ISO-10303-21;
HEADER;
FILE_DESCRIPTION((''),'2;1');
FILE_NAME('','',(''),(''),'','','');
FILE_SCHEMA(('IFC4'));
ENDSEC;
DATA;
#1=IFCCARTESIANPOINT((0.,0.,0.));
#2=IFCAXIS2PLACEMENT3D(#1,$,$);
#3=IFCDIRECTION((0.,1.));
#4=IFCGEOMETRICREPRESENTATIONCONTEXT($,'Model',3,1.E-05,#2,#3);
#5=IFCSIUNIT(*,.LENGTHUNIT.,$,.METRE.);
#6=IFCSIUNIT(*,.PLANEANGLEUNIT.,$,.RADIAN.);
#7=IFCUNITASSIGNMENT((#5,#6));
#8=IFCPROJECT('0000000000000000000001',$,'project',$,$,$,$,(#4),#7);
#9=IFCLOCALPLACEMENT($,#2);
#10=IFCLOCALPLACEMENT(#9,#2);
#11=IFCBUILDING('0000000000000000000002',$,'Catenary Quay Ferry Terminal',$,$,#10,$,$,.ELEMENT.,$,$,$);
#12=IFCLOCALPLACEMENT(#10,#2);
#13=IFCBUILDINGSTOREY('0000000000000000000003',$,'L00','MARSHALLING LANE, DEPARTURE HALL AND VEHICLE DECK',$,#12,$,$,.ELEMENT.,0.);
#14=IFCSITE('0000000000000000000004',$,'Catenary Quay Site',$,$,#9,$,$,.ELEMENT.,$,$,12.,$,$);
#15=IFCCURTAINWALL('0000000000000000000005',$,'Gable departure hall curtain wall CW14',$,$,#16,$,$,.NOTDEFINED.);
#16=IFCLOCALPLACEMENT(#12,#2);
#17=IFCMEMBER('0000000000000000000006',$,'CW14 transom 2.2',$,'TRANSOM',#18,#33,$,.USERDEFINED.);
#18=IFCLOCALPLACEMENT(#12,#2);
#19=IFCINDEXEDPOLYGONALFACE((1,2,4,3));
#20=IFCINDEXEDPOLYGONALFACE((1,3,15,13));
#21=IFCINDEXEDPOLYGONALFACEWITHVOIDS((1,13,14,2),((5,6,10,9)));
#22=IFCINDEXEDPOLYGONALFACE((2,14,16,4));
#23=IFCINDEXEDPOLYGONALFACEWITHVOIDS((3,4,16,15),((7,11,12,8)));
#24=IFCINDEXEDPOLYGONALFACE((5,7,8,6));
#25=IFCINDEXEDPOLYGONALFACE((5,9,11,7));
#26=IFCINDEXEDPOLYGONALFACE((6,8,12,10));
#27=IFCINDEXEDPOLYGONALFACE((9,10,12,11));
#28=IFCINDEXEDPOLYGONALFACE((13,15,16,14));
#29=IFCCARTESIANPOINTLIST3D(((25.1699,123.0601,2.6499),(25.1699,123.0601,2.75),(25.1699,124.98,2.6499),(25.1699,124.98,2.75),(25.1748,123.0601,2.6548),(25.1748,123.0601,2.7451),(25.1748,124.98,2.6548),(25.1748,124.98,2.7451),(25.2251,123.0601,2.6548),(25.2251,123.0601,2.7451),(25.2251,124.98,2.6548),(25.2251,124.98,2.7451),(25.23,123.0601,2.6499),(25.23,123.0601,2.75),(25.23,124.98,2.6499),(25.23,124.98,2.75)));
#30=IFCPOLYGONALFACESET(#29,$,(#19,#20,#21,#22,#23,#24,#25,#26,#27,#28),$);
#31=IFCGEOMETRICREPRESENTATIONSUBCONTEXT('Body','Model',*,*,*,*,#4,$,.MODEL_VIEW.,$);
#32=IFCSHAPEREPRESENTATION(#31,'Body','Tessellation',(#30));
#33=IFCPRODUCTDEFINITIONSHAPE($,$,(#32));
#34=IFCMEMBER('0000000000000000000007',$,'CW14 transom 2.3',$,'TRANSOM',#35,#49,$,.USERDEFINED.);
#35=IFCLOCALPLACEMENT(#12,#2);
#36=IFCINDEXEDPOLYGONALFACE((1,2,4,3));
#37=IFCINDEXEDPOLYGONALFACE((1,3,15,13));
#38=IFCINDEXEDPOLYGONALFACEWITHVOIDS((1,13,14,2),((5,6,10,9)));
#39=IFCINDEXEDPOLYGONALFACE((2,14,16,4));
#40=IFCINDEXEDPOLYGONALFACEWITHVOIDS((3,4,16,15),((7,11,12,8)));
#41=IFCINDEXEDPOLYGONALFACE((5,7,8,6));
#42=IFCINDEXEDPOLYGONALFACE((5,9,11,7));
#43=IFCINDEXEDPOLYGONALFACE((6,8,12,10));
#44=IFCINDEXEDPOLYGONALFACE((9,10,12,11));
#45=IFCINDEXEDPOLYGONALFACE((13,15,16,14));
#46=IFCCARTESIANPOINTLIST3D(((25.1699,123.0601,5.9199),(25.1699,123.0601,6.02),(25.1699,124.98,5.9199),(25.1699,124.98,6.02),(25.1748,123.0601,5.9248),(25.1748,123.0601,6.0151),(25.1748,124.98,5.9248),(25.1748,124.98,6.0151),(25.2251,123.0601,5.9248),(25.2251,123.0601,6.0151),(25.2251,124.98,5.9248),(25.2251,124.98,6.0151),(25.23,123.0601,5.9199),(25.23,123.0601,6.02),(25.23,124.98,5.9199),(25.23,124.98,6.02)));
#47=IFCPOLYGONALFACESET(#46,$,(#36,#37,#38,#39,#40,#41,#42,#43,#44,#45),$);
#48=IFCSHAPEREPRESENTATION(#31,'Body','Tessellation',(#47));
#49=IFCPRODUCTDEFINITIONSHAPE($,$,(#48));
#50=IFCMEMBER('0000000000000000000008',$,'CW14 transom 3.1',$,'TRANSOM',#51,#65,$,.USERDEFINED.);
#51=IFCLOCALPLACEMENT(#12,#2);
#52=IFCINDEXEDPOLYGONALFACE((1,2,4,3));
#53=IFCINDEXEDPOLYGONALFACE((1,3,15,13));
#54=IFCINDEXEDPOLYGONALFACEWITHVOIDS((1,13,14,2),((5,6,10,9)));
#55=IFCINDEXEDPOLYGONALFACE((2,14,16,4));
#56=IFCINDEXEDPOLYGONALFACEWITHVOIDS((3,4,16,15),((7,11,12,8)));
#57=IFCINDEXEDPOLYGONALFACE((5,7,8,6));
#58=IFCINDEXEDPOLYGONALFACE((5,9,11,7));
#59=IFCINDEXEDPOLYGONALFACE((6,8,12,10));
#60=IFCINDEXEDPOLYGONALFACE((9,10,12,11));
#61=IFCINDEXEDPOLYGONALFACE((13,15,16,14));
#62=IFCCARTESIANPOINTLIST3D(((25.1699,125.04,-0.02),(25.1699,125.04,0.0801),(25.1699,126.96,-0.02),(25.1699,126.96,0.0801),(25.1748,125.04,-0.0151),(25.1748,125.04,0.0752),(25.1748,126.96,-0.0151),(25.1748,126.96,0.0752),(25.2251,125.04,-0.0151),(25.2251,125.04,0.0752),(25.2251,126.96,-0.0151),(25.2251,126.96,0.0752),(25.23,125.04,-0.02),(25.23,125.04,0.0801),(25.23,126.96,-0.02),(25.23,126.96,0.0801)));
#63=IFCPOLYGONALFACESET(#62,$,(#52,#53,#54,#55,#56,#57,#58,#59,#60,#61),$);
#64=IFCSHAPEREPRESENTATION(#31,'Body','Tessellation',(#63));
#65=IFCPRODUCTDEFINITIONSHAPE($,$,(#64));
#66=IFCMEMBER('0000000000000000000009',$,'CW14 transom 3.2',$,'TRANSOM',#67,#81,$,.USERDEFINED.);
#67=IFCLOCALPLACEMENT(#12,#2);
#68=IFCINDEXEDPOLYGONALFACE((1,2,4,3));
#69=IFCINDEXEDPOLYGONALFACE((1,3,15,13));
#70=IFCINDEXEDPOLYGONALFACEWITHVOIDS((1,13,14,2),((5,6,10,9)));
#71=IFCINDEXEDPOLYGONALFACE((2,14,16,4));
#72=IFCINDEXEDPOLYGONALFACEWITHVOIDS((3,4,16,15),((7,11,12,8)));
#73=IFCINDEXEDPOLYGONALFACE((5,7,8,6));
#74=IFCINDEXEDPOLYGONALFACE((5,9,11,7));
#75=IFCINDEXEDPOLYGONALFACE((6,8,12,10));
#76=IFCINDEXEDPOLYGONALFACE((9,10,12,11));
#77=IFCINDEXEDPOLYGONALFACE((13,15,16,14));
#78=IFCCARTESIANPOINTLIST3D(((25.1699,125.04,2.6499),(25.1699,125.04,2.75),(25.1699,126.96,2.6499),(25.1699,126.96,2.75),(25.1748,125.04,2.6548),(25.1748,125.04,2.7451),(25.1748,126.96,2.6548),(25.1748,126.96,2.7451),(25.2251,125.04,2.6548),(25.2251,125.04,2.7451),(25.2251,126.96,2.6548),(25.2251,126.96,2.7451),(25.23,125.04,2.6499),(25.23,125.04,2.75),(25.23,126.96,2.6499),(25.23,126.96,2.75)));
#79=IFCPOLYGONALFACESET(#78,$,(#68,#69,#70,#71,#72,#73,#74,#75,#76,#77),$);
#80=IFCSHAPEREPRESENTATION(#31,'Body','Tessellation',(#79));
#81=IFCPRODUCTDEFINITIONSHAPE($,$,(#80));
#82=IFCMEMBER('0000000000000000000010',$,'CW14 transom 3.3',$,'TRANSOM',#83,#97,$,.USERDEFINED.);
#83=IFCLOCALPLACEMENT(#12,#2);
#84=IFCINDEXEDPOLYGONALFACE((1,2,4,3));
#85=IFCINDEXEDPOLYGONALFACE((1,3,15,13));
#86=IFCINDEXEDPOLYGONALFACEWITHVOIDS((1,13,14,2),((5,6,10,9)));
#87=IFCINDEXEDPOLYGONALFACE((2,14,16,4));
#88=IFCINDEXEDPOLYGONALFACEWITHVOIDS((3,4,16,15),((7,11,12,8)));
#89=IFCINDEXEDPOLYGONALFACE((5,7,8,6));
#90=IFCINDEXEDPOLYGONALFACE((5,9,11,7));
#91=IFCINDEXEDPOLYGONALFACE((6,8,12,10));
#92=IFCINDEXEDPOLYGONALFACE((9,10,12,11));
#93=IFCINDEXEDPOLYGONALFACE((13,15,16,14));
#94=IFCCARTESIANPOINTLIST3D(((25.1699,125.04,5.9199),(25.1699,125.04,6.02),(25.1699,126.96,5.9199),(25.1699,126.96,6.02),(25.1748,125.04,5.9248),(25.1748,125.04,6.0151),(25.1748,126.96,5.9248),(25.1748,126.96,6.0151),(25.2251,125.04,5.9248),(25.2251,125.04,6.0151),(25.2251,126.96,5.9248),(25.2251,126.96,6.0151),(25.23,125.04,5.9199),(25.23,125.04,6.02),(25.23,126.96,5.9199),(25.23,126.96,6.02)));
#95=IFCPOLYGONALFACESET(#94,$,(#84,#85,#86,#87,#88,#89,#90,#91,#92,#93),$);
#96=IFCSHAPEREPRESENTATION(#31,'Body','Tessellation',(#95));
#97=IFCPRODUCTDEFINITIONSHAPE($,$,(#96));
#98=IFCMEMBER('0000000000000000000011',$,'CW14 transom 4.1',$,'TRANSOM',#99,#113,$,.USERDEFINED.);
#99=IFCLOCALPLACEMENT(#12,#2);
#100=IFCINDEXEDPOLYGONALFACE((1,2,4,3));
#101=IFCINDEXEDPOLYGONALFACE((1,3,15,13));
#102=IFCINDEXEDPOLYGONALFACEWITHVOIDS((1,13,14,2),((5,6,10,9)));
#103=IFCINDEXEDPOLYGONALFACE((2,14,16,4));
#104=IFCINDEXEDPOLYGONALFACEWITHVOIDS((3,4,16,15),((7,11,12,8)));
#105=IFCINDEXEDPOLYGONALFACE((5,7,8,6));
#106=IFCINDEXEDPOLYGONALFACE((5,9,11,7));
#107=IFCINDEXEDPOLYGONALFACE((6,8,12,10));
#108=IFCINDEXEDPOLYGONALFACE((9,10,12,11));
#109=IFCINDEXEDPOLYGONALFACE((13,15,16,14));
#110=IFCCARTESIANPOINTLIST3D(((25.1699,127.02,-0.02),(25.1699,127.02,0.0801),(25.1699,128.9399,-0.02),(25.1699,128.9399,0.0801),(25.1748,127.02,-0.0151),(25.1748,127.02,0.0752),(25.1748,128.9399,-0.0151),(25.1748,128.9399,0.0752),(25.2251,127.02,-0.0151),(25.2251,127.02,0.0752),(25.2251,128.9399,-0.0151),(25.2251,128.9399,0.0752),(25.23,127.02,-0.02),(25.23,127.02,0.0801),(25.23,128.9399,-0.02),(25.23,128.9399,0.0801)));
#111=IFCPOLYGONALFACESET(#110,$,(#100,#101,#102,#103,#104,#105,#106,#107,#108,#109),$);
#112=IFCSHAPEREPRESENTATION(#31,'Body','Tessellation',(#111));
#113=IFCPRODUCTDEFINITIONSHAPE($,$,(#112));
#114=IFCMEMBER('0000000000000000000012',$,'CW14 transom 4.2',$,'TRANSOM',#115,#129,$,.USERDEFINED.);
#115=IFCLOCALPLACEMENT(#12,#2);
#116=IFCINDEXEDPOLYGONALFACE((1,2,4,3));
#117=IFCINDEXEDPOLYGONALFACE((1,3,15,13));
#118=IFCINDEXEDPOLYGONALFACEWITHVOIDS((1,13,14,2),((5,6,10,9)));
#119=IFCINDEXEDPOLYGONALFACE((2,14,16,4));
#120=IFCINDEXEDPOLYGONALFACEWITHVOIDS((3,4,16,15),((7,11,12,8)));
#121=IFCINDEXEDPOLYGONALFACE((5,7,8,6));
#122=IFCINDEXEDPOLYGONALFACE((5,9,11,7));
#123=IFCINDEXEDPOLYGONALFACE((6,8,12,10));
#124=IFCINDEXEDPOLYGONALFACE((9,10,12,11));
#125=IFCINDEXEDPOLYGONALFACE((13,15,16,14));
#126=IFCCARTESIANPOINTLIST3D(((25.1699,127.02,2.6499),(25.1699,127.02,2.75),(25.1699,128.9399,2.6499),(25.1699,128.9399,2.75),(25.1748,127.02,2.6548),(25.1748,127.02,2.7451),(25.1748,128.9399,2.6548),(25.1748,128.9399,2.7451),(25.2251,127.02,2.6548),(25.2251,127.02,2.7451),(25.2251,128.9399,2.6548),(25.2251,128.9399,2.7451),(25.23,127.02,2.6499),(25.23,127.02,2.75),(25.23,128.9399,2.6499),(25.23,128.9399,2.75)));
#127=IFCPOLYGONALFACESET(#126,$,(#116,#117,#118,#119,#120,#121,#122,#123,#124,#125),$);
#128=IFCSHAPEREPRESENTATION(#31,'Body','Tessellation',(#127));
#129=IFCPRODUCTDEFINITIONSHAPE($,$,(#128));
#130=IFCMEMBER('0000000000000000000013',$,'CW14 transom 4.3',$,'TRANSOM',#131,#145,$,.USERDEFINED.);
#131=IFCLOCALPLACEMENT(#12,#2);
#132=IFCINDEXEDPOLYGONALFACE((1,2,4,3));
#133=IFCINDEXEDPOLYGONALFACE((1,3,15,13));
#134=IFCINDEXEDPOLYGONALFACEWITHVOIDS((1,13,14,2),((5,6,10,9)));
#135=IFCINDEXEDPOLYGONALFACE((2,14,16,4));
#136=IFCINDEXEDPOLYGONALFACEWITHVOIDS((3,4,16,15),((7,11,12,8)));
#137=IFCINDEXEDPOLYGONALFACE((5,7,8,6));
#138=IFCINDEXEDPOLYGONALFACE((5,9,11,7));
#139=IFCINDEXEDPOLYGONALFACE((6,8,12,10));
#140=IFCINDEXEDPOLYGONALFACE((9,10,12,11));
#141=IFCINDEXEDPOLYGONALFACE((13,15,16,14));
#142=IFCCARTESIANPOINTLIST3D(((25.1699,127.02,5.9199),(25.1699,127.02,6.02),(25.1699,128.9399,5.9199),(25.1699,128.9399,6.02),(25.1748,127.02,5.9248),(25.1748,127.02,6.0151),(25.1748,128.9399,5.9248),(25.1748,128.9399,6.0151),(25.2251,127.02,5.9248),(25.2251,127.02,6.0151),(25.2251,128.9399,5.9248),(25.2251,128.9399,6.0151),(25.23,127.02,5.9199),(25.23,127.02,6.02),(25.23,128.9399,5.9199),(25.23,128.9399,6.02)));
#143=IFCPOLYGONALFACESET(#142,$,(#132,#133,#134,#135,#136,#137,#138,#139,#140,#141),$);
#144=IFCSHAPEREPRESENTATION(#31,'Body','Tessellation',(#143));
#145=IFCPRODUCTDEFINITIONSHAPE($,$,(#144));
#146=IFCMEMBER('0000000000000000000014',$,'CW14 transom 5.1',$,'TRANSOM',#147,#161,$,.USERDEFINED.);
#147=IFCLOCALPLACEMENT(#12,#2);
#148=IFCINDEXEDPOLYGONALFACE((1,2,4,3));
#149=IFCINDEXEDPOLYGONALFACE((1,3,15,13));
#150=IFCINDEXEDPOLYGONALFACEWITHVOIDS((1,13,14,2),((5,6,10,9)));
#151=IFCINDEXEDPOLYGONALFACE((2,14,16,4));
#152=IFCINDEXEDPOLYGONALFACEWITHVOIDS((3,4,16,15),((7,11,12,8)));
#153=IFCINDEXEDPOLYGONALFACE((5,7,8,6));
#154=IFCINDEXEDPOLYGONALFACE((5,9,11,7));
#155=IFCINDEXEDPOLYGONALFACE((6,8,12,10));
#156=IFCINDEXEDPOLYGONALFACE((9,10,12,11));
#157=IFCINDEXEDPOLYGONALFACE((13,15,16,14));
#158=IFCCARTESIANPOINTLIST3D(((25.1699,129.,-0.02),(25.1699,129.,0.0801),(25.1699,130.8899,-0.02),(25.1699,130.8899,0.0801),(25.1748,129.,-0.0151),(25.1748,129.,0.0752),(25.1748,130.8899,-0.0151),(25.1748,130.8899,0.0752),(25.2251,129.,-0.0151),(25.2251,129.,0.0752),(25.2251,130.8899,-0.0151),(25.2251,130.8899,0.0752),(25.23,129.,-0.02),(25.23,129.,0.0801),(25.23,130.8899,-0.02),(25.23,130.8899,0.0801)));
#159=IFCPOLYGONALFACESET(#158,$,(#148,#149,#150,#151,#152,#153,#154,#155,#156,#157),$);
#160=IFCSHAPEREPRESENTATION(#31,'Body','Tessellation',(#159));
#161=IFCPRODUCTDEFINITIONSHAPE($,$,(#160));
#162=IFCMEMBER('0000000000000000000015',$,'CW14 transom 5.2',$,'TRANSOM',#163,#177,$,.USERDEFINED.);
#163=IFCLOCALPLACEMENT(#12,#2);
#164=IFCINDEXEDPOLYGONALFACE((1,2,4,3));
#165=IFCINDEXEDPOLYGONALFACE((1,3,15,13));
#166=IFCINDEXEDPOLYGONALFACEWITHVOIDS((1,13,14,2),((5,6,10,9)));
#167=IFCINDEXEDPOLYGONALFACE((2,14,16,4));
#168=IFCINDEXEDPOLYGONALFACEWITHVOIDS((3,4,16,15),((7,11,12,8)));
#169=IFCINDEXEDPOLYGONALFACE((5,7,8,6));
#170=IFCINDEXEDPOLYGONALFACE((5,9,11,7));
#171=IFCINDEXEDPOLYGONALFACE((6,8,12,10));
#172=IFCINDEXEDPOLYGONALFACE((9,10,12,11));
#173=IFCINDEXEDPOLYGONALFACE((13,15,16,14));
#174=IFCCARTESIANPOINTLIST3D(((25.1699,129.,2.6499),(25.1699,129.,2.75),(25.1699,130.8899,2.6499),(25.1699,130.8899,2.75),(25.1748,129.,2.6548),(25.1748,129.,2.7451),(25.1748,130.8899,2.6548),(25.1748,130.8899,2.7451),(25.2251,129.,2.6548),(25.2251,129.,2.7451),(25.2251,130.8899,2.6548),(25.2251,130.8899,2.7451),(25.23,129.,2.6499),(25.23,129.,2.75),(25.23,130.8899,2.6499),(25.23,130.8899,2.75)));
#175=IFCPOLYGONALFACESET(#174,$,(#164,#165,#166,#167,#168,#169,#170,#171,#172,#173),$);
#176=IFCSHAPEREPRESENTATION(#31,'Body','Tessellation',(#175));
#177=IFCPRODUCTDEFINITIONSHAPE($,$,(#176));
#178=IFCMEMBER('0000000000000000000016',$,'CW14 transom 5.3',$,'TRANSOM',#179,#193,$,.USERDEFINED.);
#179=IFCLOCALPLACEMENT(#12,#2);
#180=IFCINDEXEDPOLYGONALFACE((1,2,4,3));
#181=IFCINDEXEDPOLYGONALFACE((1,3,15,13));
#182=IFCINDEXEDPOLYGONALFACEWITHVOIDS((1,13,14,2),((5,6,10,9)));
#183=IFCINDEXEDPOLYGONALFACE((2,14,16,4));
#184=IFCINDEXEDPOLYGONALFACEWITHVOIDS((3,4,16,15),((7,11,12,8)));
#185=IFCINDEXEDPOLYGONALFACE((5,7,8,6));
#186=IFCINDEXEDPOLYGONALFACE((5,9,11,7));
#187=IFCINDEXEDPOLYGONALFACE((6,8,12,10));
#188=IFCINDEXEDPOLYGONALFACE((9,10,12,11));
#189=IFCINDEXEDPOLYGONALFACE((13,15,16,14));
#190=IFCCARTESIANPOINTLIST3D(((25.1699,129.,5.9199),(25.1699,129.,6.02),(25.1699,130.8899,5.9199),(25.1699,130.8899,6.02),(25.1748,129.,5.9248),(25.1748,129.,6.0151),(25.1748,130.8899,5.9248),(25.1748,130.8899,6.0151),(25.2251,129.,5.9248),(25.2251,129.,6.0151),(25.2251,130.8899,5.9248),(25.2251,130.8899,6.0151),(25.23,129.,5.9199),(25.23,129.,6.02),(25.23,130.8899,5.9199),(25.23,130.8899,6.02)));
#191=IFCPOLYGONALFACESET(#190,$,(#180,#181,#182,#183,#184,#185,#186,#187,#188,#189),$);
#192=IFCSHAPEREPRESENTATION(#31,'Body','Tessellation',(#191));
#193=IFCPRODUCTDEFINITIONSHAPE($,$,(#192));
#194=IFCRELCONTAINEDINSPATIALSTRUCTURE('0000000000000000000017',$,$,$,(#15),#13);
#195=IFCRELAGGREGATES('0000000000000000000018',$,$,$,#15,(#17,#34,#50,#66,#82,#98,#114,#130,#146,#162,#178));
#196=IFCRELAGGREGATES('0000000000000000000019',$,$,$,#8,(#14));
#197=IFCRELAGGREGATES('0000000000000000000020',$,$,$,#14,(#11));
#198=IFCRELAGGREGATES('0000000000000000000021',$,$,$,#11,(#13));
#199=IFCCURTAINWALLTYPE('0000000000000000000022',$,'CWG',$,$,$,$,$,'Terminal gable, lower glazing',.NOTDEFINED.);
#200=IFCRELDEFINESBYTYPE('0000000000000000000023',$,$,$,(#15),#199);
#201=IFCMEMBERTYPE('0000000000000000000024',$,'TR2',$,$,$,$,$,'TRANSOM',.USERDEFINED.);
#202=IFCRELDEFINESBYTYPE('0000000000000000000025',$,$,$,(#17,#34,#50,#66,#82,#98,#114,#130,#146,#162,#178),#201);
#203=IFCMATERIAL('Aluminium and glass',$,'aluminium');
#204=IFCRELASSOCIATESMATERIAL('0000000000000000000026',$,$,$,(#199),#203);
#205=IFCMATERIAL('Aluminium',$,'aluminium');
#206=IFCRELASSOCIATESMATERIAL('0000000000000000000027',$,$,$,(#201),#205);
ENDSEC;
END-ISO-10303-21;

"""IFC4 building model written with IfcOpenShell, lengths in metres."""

from ifc_helpers import new_model, si_unit, direction, frame, origin, origin_2d, place, context, subcontext, project, spatial, hollow_rectangle, extrude, material, material_profile, profile_set, type_object, element, aggregate, save


model = new_model("IFC4")

# Units and contexts
model_context = context("Model", 3, precision=1e-05, world=origin(), true_north=direction((0.0, 1.0)))
body_context = subcontext(model_context, "Body", "Model", "MODEL_VIEW")
ifc_project = project(units=[si_unit("LENGTHUNIT", "METRE"), si_unit("PLANEANGLEUNIT", "RADIAN")], contexts=[model_context])

# Site, building, storey
site_placement = place(None, origin())
site = spatial("IfcSite", under=ifc_project, at=site_placement, Name="Catenary Quay Site", CompositionType="ELEMENT", RefElevation=12.0)
building_placement = place(site_placement, origin())
building = spatial("IfcBuilding", under=site, at=building_placement, Name="Catenary Quay Ferry Terminal", CompositionType="ELEMENT")
storey_placement = place(building_placement, origin())
storey = spatial("IfcBuildingStorey", under=building, at=storey_placement, Name="L00", Description="MARSHALLING LANE, DEPARTURE HALL AND VEHICLE DECK", CompositionType="ELEMENT", Elevation=0.0)

# Curtain wall, members
ifc_material_1 = material(Name="Aluminium and glass", Category="aluminium")
curtain_wall_type = type_object("IfcCurtainWallType", Name="CWG", ElementType="Terminal gable, lower glazing", PredefinedType="NOTDEFINED", material=ifc_material_1)
curtain_wall_placement = place(storey_placement, origin())
curtain_wall = element("IfcCurtainWall", 1, at=curtain_wall_placement, inside=storey, type_object=curtain_wall_type, Name="Gable departure hall curtain wall CW14", PredefinedType="NOTDEFINED")
ifc_material_2 = material(Name="Aluminium", Category="aluminium")
ifc_material_profile_1 = material_profile(ifc_material_2, hollow_rectangle(XDim=0.0601, YDim=0.1001, WallThickness=0.0049, at=origin_2d()), Name="TR2")
ifc_profile_set_1 = profile_set([ifc_material_profile_1], Name="Aluminium")
member_type_1 = type_object("IfcMemberType", Name="TR2", ElementType="TRANSOM", PredefinedType="USERDEFINED", material=ifc_profile_set_1)
member_1_placement = place(storey_placement, frame((25.2, 123.0601, 2.7), z_axis=(0.0, 1.0, 0.0), x_axis=(-1.0, 0.0, 0.0)))
member_1 = element("IfcMember", 2, at=member_1_placement, type_object=member_type_1, Name="CW14 transom 2.2", ObjectType="TRANSOM", PredefinedType="USERDEFINED", context=body_context, shape_type="SweptSolid", body=[
    extrude(hollow_rectangle(XDim=0.0601, YDim=0.1001, WallThickness=0.0049, at=origin_2d()), origin(), (0.0, 0.0, 1.0), 1.9199),
])
member_2_placement = place(storey_placement, frame((25.2, 123.0601, 5.97), z_axis=(0.0, 1.0, 0.0), x_axis=(-1.0, 0.0, 0.0)))
member_2 = element("IfcMember", 3, at=member_2_placement, type_object=member_type_1, Name="CW14 transom 2.3", ObjectType="TRANSOM", PredefinedType="USERDEFINED", context=body_context, shape_type="SweptSolid", body=[
    extrude(hollow_rectangle(XDim=0.0601, YDim=0.1001, WallThickness=0.0049, at=origin_2d()), origin(), (0.0, 0.0, 1.0), 1.9199),
])
member_3_placement = place(storey_placement, frame((25.2, 125.04, 0.03), z_axis=(0.0, 1.0, 0.0), x_axis=(-1.0, 0.0, 0.0)))
member_3 = element("IfcMember", 4, at=member_3_placement, type_object=member_type_1, Name="CW14 transom 3.1", ObjectType="TRANSOM", PredefinedType="USERDEFINED", context=body_context, shape_type="SweptSolid", body=[
    extrude(hollow_rectangle(XDim=0.0601, YDim=0.1001, WallThickness=0.0049, at=origin_2d()), origin(), (0.0, 0.0, 1.0), 1.9199),
])
member_4_placement = place(storey_placement, frame((25.2, 125.04, 2.7), z_axis=(0.0, 1.0, 0.0), x_axis=(-1.0, 0.0, 0.0)))
member_4 = element("IfcMember", 5, at=member_4_placement, type_object=member_type_1, Name="CW14 transom 3.2", ObjectType="TRANSOM", PredefinedType="USERDEFINED", context=body_context, shape_type="SweptSolid", body=[
    extrude(hollow_rectangle(XDim=0.0601, YDim=0.1001, WallThickness=0.0049, at=origin_2d()), origin(), (0.0, 0.0, 1.0), 1.9199),
])
member_5_placement = place(storey_placement, frame((25.2, 125.04, 5.97), z_axis=(0.0, 1.0, 0.0), x_axis=(-1.0, 0.0, 0.0)))
member_5 = element("IfcMember", 6, at=member_5_placement, type_object=member_type_1, Name="CW14 transom 3.3", ObjectType="TRANSOM", PredefinedType="USERDEFINED", context=body_context, shape_type="SweptSolid", body=[
    extrude(hollow_rectangle(XDim=0.0601, YDim=0.1001, WallThickness=0.0049, at=origin_2d()), origin(), (0.0, 0.0, 1.0), 1.9199),
])
member_6_placement = place(storey_placement, frame((25.2, 127.02, 0.03), z_axis=(0.0, 1.0, 0.0), x_axis=(-1.0, 0.0, 0.0)))
member_6 = element("IfcMember", 7, at=member_6_placement, type_object=member_type_1, Name="CW14 transom 4.1", ObjectType="TRANSOM", PredefinedType="USERDEFINED", context=body_context, shape_type="SweptSolid", body=[
    extrude(hollow_rectangle(XDim=0.0601, YDim=0.1001, WallThickness=0.0049, at=origin_2d()), origin(), (0.0, 0.0, 1.0), 1.9199),
])
member_7_placement = place(storey_placement, frame((25.2, 127.02, 2.7), z_axis=(0.0, 1.0, 0.0), x_axis=(-1.0, 0.0, 0.0)))
member_7 = element("IfcMember", 8, at=member_7_placement, type_object=member_type_1, Name="CW14 transom 4.2", ObjectType="TRANSOM", PredefinedType="USERDEFINED", context=body_context, shape_type="SweptSolid", body=[
    extrude(hollow_rectangle(XDim=0.0601, YDim=0.1001, WallThickness=0.0049, at=origin_2d()), origin(), (0.0, 0.0, 1.0), 1.9199),
])
member_8_placement = place(storey_placement, frame((25.2, 127.02, 5.97), z_axis=(0.0, 1.0, 0.0), x_axis=(-1.0, 0.0, 0.0)))
member_8 = element("IfcMember", 9, at=member_8_placement, type_object=member_type_1, Name="CW14 transom 4.3", ObjectType="TRANSOM", PredefinedType="USERDEFINED", context=body_context, shape_type="SweptSolid", body=[
    extrude(hollow_rectangle(XDim=0.0601, YDim=0.1001, WallThickness=0.0049, at=origin_2d()), origin(), (0.0, 0.0, 1.0), 1.9199),
])
member_9_placement = place(storey_placement, frame((25.2, 129.0, 0.03), z_axis=(0.0, 1.0, 0.0), x_axis=(-1.0, 0.0, 0.0)))
member_9 = element("IfcMember", 10, at=member_9_placement, type_object=member_type_1, Name="CW14 transom 5.1", ObjectType="TRANSOM", PredefinedType="USERDEFINED", context=body_context, shape_type="SweptSolid", body=[
    extrude(hollow_rectangle(XDim=0.0601, YDim=0.1001, WallThickness=0.0049, at=origin_2d()), origin(), (0.0, 0.0, 1.0), 1.8899),
])
member_10_placement = place(storey_placement, frame((25.2, 129.0, 2.7), z_axis=(0.0, 1.0, 0.0), x_axis=(-1.0, 0.0, 0.0)))
member_10 = element("IfcMember", 11, at=member_10_placement, type_object=member_type_1, Name="CW14 transom 5.2", ObjectType="TRANSOM", PredefinedType="USERDEFINED", context=body_context, shape_type="SweptSolid", body=[
    extrude(hollow_rectangle(XDim=0.0601, YDim=0.1001, WallThickness=0.0049, at=origin_2d()), origin(), (0.0, 0.0, 1.0), 1.8899),
])
member_11_placement = place(storey_placement, frame((25.2, 129.0, 5.97), z_axis=(0.0, 1.0, 0.0), x_axis=(-1.0, 0.0, 0.0)))
member_11 = element("IfcMember", 12, at=member_11_placement, type_object=member_type_1, Name="CW14 transom 5.3", ObjectType="TRANSOM", PredefinedType="USERDEFINED", context=body_context, shape_type="SweptSolid", body=[
    extrude(hollow_rectangle(XDim=0.0601, YDim=0.1001, WallThickness=0.0049, at=origin_2d()), origin(), (0.0, 0.0, 1.0), 1.8899),
])
aggregate(curtain_wall, [member_1, member_2, member_3, member_4, member_5, member_6, member_7, member_8, member_9, member_10, member_11])

save(model, "model.ifc")
